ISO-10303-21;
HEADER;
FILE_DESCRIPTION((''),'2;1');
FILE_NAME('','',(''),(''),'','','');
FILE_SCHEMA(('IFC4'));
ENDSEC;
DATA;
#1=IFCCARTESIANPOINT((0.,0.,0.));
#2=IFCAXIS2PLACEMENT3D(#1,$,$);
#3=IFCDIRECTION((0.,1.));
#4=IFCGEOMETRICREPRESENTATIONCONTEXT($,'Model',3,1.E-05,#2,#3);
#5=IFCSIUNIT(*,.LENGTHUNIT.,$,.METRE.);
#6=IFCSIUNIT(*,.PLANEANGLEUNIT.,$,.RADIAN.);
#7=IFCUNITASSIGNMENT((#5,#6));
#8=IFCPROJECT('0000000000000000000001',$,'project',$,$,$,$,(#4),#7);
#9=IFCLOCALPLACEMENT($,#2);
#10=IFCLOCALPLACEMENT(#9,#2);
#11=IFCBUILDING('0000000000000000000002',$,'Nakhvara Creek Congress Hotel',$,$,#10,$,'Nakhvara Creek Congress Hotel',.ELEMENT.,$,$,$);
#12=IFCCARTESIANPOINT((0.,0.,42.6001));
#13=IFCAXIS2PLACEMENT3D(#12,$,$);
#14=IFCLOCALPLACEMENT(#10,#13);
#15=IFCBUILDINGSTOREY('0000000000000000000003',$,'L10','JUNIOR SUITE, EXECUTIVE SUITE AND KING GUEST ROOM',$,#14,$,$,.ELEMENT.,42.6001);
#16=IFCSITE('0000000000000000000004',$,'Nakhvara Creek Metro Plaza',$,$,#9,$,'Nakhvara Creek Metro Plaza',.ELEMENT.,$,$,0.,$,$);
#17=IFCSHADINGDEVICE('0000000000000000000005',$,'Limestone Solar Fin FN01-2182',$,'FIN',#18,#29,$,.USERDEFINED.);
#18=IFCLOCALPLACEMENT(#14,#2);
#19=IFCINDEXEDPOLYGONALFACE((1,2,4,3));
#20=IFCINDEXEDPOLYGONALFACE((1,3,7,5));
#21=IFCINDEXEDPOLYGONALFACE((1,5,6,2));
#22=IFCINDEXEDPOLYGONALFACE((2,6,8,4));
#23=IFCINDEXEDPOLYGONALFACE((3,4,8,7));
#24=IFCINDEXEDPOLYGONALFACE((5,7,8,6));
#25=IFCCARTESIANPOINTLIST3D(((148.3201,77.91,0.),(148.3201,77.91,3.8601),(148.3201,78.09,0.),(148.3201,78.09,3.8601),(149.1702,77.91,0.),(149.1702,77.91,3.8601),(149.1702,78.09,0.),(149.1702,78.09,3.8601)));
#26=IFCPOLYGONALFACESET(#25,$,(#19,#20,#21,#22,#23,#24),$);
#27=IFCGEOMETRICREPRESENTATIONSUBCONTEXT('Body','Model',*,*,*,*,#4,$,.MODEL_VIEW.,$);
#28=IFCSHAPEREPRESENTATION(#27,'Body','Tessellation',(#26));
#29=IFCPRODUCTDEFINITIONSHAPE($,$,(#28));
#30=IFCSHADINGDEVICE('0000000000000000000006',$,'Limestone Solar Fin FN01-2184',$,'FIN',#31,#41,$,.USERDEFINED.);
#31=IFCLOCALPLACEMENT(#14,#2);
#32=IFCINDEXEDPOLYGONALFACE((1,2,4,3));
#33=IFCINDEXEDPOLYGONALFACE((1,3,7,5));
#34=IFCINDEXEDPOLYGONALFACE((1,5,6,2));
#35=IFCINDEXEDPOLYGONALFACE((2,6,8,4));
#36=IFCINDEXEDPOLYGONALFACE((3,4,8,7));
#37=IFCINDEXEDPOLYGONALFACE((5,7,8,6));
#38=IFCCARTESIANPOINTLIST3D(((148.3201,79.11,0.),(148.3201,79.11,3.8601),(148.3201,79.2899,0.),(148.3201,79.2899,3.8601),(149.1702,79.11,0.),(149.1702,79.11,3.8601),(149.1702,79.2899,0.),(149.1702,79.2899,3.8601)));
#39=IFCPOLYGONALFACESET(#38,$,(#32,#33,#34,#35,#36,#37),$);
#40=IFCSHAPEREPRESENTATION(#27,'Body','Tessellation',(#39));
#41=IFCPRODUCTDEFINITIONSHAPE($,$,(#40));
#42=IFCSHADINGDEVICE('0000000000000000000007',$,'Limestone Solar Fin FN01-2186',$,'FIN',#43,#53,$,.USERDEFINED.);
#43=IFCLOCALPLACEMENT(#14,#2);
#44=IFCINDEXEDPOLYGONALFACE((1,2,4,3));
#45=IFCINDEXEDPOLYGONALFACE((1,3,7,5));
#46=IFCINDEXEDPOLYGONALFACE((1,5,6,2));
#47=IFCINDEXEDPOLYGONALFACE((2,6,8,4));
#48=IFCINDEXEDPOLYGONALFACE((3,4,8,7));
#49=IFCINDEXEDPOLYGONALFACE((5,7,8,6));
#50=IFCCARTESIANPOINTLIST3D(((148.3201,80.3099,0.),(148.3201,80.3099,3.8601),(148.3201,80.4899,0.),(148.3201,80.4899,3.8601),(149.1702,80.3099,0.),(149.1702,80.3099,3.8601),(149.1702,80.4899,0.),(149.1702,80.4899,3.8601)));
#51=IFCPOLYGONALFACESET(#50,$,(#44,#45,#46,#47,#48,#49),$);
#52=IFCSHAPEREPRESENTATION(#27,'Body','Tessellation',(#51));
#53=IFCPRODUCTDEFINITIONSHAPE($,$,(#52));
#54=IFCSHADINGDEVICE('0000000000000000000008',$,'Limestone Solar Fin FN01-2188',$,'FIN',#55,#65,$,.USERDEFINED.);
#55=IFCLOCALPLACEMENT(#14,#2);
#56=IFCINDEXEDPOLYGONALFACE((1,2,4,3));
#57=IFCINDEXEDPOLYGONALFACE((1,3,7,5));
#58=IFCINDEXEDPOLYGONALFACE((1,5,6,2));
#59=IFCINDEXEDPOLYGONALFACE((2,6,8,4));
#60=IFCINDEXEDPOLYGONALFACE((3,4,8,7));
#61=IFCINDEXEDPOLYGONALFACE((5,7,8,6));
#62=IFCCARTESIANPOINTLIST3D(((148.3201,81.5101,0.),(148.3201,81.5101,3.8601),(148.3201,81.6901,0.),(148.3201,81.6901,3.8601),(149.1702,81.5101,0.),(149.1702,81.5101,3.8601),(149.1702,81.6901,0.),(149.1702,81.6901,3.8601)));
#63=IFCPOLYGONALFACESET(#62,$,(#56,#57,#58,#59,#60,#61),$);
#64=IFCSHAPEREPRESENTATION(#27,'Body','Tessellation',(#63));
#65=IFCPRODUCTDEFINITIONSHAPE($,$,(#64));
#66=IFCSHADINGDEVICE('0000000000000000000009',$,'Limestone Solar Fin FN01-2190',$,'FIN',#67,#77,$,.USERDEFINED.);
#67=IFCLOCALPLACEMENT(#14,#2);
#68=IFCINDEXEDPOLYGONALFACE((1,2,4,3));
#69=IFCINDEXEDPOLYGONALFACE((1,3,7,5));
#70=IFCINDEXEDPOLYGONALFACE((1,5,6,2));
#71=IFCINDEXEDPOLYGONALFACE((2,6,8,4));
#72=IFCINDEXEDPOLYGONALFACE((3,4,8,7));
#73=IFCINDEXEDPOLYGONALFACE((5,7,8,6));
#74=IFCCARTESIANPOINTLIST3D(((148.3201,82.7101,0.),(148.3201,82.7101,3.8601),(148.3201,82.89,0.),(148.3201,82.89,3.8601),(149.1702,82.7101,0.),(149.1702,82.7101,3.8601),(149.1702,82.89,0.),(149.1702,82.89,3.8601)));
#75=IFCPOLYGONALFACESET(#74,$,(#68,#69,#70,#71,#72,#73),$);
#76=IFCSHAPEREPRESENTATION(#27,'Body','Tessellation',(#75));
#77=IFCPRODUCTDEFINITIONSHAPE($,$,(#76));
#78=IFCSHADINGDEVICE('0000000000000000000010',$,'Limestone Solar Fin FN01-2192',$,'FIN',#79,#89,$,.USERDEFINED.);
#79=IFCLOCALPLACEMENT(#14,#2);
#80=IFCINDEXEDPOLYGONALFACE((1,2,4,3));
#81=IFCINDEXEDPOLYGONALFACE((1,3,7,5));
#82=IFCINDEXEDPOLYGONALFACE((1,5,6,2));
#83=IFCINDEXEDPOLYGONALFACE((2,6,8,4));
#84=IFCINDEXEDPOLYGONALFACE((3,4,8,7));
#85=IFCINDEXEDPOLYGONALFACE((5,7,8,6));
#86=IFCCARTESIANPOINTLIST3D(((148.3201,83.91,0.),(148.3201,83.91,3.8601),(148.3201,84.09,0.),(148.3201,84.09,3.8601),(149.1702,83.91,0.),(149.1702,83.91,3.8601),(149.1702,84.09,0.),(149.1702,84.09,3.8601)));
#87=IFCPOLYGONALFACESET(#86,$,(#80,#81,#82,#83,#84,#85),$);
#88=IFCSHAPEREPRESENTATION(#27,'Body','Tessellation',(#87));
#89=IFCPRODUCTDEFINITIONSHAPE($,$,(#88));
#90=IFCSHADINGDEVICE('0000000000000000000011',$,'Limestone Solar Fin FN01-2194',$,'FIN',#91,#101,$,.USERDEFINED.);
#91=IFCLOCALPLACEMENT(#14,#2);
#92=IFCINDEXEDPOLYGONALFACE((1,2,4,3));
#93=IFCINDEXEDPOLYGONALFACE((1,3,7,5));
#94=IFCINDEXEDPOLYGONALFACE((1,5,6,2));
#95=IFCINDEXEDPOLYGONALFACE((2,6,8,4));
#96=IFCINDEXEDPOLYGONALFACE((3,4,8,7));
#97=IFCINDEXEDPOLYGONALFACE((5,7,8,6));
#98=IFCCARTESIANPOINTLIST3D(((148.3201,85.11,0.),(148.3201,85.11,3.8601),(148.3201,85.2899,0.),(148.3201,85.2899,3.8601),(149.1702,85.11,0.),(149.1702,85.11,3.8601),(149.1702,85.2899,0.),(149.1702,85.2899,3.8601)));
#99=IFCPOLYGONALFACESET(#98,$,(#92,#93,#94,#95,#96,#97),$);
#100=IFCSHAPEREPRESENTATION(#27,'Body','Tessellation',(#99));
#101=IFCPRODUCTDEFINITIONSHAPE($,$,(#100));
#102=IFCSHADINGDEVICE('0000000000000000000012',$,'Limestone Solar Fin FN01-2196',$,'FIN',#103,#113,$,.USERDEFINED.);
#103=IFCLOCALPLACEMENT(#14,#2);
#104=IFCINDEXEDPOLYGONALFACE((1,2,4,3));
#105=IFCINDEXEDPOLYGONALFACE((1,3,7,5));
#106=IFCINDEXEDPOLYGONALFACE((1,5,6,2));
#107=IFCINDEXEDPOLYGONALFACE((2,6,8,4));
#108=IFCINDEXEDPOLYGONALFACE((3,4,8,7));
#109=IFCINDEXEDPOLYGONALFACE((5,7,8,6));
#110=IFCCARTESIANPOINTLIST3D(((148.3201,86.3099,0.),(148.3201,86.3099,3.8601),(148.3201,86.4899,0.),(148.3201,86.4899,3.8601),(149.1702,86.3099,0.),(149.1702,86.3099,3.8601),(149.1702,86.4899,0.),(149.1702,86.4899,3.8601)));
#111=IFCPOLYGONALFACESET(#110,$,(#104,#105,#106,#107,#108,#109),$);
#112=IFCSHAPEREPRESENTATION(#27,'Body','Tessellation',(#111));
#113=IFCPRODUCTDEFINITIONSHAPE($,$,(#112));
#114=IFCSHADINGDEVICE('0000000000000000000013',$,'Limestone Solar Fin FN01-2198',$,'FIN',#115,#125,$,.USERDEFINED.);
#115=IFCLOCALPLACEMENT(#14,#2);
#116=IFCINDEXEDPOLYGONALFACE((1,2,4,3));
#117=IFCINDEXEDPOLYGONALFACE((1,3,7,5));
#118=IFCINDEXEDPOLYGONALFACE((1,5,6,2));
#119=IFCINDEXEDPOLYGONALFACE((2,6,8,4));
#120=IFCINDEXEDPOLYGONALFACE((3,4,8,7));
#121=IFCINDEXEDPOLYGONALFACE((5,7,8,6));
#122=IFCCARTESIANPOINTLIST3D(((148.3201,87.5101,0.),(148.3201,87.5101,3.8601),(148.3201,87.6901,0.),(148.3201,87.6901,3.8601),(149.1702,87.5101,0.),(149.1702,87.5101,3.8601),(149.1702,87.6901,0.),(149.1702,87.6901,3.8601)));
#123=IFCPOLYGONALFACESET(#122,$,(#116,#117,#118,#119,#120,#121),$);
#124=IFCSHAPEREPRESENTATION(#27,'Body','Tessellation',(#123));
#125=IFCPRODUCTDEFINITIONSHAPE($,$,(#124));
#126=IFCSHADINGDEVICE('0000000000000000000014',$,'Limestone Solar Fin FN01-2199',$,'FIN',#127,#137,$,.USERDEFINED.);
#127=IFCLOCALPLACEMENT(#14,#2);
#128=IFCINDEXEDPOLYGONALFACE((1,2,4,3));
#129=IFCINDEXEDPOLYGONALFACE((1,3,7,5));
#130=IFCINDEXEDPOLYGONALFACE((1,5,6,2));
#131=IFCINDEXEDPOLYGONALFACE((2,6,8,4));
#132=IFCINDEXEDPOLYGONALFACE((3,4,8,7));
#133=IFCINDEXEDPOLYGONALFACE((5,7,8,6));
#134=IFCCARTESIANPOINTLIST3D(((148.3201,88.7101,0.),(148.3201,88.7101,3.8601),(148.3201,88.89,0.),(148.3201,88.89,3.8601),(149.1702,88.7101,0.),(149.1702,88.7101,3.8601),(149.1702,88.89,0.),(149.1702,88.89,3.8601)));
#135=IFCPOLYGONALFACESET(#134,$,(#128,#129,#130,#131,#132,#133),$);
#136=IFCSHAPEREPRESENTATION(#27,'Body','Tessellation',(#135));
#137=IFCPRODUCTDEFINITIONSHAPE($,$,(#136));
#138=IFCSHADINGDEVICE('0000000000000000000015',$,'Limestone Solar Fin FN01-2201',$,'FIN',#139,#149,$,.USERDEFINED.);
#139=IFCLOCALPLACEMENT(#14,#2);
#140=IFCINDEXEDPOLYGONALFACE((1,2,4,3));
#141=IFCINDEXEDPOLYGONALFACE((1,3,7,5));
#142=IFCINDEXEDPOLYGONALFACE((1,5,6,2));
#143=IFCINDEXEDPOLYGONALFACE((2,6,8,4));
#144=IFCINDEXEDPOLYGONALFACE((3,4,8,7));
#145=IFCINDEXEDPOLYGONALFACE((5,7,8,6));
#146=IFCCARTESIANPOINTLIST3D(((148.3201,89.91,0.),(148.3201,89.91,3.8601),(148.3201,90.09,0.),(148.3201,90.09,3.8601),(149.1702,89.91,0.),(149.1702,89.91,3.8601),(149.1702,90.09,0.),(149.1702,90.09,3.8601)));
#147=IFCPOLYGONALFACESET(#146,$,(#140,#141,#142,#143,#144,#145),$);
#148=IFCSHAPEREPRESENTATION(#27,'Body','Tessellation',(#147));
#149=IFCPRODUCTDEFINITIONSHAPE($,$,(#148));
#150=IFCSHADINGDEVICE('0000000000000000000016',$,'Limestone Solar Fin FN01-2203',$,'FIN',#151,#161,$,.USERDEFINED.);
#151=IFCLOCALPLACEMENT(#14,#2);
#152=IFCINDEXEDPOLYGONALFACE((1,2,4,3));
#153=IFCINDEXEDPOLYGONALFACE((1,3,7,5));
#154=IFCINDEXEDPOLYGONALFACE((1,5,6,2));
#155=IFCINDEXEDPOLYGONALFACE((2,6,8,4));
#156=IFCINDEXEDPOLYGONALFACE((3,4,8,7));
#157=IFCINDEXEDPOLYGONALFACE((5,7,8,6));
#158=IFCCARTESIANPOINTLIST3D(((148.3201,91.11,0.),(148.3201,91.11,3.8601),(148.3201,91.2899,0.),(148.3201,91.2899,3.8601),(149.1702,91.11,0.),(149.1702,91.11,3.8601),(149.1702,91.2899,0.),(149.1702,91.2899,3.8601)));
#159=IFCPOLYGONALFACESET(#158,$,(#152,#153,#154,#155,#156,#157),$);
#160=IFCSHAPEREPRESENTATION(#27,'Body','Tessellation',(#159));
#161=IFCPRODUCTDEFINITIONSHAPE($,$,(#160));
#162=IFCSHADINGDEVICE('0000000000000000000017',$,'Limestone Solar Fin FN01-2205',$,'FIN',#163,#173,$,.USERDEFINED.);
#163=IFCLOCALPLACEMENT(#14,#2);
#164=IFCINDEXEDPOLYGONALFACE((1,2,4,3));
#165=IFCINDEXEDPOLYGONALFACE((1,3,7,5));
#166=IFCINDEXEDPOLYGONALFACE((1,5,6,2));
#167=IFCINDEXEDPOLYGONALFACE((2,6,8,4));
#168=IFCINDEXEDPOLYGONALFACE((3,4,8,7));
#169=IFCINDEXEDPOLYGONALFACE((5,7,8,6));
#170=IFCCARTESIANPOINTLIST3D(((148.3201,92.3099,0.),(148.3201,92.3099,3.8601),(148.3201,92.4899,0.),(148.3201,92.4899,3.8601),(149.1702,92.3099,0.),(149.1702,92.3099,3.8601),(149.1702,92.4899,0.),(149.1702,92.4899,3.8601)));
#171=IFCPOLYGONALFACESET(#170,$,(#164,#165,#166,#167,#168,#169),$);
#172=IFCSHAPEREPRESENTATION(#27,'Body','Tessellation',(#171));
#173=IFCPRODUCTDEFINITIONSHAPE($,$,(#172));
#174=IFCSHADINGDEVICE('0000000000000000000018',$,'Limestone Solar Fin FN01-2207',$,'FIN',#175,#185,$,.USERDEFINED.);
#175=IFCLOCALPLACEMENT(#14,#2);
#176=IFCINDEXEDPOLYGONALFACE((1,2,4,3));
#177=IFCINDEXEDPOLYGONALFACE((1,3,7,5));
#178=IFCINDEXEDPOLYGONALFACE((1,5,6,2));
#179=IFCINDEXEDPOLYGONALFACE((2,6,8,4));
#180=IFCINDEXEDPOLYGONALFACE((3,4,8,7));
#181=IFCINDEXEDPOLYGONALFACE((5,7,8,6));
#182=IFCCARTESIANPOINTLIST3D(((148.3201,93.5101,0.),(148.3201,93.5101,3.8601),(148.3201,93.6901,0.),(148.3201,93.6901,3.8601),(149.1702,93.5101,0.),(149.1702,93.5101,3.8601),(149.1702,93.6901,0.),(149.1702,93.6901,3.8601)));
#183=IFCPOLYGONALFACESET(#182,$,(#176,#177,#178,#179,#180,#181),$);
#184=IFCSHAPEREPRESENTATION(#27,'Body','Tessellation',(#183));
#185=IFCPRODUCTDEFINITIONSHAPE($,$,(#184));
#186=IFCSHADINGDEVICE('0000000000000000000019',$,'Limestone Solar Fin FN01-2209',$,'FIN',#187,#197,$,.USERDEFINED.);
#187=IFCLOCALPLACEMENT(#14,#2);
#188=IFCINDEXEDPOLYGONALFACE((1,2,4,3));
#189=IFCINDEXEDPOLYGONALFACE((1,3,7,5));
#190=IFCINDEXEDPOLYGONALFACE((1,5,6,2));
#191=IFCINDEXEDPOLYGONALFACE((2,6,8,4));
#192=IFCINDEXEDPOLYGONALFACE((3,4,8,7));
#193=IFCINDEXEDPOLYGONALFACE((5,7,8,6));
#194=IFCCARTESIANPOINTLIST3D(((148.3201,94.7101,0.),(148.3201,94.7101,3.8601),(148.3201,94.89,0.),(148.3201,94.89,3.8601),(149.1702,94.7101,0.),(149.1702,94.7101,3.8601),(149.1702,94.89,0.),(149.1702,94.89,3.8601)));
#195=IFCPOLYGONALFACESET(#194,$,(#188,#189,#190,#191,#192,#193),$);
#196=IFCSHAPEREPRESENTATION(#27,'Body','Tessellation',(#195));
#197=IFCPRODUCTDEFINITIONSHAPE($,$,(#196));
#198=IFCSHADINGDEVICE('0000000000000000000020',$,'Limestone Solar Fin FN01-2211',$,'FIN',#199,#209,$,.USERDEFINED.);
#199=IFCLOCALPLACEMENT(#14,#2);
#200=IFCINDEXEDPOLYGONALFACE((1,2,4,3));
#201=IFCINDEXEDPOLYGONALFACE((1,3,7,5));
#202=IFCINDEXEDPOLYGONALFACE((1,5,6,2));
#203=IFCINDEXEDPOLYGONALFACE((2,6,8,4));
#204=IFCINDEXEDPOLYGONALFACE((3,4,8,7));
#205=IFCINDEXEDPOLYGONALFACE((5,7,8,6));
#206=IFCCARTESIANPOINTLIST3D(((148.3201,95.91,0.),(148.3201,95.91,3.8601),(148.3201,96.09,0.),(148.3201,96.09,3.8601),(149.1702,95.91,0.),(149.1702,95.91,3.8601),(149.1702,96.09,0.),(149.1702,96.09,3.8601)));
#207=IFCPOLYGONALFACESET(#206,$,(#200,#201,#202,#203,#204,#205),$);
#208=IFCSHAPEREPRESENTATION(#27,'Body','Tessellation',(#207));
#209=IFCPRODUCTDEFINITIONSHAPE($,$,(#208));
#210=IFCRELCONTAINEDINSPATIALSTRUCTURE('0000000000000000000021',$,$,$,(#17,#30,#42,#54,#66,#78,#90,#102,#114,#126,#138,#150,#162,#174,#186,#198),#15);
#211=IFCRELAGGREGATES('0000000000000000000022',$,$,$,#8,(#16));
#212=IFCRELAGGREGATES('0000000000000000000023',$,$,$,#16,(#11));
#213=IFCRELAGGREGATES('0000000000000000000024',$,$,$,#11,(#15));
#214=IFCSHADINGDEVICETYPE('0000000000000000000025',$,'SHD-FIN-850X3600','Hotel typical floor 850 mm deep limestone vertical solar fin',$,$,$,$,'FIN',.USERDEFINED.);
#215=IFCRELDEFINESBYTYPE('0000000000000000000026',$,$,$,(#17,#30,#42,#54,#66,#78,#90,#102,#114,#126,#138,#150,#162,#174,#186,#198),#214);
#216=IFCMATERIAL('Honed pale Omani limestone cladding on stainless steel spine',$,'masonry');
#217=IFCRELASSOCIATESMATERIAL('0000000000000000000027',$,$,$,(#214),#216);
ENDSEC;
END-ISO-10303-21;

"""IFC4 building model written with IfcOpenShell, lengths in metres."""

from ifc_helpers import new_model, si_unit, direction, frame, origin, origin_2d, place, context, subcontext, project, spatial, rectangle, extrude, material, type_object, element, save


model = new_model("IFC4")

# Units and contexts
model_context = context("Model", 3, precision=1e-05, world=origin(), true_north=direction((0.0, 1.0)))
body_context = subcontext(model_context, "Body", "Model", "MODEL_VIEW")
ifc_project = project(units=[si_unit("LENGTHUNIT", "METRE"), si_unit("PLANEANGLEUNIT", "RADIAN")], contexts=[model_context])

# Site, building, storey
site_placement = place(None, origin())
site = spatial("IfcSite", under=ifc_project, at=site_placement, Name="Nakhvara Creek Metro Plaza", LongName="Nakhvara Creek Metro Plaza", CompositionType="ELEMENT", RefElevation=0.0)
building_placement = place(site_placement, origin())
building = spatial("IfcBuilding", under=site, at=building_placement, Name="Nakhvara Creek Congress Hotel", LongName="Nakhvara Creek Congress Hotel", CompositionType="ELEMENT")
storey_placement = place(building_placement, frame((0.0, 0.0, 42.6001)))
storey = spatial("IfcBuildingStorey", under=building, at=storey_placement, Name="L10", Description="JUNIOR SUITE, EXECUTIVE SUITE AND KING GUEST ROOM", CompositionType="ELEMENT", Elevation=42.6001)

# Shading devices
ifc_material_1 = material(Name="Honed pale Omani limestone cladding on stainless steel spine", Category="masonry")
shading_device_type = type_object("IfcShadingDeviceType", Name="SHD-FIN-850X3600", Description="Hotel typical floor 850 mm deep limestone vertical solar fin", ElementType="FIN", PredefinedType="USERDEFINED", material=ifc_material_1)
for number, where, z_axis, x_axis, name in (
    (1, (148.7451, 78.0, 0.0), (0.0, 0.0, 1.0), (0.0, 1.0, 0.0), "Limestone Solar Fin FN01-2182"),
    (2, (148.7451, 79.2, 0.0), (0.0, 0.0, 1.0), (0.0, 1.0, 0.0), "Limestone Solar Fin FN01-2184"),
    (3, (148.7451, 80.3999, 0.0), (0.0, 0.0, 1.0), (0.0, 1.0, 0.0), "Limestone Solar Fin FN01-2186"),
    (4, (148.7451, 81.6001, 0.0), (0.0, 0.0, 1.0), (0.0, 1.0, 0.0), "Limestone Solar Fin FN01-2188"),
    (5, (148.7451, 82.8, 0.0), (0.0, 0.0, 1.0), (0.0, 1.0, 0.0), "Limestone Solar Fin FN01-2190"),
    (6, (148.7451, 84.0, 0.0), (0.0, 0.0, 1.0), (0.0, 1.0, 0.0), "Limestone Solar Fin FN01-2192"),
    (7, (148.7451, 85.2, 0.0), (0.0, 0.0, 1.0), (0.0, 1.0, 0.0), "Limestone Solar Fin FN01-2194"),
    (8, (148.7451, 86.3999, 0.0), (0.0, 0.0, 1.0), (0.0, 1.0, 0.0), "Limestone Solar Fin FN01-2196"),
    (9, (148.7451, 87.6001, 0.0), (0.0, 0.0, 1.0), (0.0, 1.0, 0.0), "Limestone Solar Fin FN01-2198"),
    (10, (148.7451, 88.8, 0.0), (0.0, 0.0, 1.0), (0.0, 1.0, 0.0), "Limestone Solar Fin FN01-2199"),
    (11, (148.7451, 90.0, 0.0), (0.0, 0.0, 1.0), (0.0, 1.0, 0.0), "Limestone Solar Fin FN01-2201"),
    (12, (148.7451, 91.2, 0.0), (0.0, 0.0, 1.0), (0.0, 1.0, 0.0), "Limestone Solar Fin FN01-2203"),
    (13, (148.7451, 92.3999, 0.0), (0.0, 0.0, 1.0), (0.0, 1.0, 0.0), "Limestone Solar Fin FN01-2205"),
    (14, (148.7451, 93.6001, 0.0), (0.0, 0.0, 1.0), (0.0, 1.0, 0.0), "Limestone Solar Fin FN01-2207"),
    (15, (148.7451, 94.8, 0.0), (0.0, 0.0, 1.0), (0.0, 1.0, 0.0), "Limestone Solar Fin FN01-2209"),
    (16, (148.7451, 96.0, 0.0), (0.0, 0.0, 1.0), (0.0, 1.0, 0.0), "Limestone Solar Fin FN01-2211"),
):
    element("IfcShadingDevice", number, at=place(storey_placement, frame(where, z_axis=z_axis, x_axis=x_axis)), inside=storey, type_object=shading_device_type, Name=name, ObjectType="FIN", PredefinedType="USERDEFINED", context=body_context, shape_type="SweptSolid", body=[
        extrude(rectangle(XDim=0.1799, YDim=0.8501, at=origin_2d()), origin(), (0.0, 0.0, 1.0), 3.8601),
    ])

save(model, "model.ifc")
